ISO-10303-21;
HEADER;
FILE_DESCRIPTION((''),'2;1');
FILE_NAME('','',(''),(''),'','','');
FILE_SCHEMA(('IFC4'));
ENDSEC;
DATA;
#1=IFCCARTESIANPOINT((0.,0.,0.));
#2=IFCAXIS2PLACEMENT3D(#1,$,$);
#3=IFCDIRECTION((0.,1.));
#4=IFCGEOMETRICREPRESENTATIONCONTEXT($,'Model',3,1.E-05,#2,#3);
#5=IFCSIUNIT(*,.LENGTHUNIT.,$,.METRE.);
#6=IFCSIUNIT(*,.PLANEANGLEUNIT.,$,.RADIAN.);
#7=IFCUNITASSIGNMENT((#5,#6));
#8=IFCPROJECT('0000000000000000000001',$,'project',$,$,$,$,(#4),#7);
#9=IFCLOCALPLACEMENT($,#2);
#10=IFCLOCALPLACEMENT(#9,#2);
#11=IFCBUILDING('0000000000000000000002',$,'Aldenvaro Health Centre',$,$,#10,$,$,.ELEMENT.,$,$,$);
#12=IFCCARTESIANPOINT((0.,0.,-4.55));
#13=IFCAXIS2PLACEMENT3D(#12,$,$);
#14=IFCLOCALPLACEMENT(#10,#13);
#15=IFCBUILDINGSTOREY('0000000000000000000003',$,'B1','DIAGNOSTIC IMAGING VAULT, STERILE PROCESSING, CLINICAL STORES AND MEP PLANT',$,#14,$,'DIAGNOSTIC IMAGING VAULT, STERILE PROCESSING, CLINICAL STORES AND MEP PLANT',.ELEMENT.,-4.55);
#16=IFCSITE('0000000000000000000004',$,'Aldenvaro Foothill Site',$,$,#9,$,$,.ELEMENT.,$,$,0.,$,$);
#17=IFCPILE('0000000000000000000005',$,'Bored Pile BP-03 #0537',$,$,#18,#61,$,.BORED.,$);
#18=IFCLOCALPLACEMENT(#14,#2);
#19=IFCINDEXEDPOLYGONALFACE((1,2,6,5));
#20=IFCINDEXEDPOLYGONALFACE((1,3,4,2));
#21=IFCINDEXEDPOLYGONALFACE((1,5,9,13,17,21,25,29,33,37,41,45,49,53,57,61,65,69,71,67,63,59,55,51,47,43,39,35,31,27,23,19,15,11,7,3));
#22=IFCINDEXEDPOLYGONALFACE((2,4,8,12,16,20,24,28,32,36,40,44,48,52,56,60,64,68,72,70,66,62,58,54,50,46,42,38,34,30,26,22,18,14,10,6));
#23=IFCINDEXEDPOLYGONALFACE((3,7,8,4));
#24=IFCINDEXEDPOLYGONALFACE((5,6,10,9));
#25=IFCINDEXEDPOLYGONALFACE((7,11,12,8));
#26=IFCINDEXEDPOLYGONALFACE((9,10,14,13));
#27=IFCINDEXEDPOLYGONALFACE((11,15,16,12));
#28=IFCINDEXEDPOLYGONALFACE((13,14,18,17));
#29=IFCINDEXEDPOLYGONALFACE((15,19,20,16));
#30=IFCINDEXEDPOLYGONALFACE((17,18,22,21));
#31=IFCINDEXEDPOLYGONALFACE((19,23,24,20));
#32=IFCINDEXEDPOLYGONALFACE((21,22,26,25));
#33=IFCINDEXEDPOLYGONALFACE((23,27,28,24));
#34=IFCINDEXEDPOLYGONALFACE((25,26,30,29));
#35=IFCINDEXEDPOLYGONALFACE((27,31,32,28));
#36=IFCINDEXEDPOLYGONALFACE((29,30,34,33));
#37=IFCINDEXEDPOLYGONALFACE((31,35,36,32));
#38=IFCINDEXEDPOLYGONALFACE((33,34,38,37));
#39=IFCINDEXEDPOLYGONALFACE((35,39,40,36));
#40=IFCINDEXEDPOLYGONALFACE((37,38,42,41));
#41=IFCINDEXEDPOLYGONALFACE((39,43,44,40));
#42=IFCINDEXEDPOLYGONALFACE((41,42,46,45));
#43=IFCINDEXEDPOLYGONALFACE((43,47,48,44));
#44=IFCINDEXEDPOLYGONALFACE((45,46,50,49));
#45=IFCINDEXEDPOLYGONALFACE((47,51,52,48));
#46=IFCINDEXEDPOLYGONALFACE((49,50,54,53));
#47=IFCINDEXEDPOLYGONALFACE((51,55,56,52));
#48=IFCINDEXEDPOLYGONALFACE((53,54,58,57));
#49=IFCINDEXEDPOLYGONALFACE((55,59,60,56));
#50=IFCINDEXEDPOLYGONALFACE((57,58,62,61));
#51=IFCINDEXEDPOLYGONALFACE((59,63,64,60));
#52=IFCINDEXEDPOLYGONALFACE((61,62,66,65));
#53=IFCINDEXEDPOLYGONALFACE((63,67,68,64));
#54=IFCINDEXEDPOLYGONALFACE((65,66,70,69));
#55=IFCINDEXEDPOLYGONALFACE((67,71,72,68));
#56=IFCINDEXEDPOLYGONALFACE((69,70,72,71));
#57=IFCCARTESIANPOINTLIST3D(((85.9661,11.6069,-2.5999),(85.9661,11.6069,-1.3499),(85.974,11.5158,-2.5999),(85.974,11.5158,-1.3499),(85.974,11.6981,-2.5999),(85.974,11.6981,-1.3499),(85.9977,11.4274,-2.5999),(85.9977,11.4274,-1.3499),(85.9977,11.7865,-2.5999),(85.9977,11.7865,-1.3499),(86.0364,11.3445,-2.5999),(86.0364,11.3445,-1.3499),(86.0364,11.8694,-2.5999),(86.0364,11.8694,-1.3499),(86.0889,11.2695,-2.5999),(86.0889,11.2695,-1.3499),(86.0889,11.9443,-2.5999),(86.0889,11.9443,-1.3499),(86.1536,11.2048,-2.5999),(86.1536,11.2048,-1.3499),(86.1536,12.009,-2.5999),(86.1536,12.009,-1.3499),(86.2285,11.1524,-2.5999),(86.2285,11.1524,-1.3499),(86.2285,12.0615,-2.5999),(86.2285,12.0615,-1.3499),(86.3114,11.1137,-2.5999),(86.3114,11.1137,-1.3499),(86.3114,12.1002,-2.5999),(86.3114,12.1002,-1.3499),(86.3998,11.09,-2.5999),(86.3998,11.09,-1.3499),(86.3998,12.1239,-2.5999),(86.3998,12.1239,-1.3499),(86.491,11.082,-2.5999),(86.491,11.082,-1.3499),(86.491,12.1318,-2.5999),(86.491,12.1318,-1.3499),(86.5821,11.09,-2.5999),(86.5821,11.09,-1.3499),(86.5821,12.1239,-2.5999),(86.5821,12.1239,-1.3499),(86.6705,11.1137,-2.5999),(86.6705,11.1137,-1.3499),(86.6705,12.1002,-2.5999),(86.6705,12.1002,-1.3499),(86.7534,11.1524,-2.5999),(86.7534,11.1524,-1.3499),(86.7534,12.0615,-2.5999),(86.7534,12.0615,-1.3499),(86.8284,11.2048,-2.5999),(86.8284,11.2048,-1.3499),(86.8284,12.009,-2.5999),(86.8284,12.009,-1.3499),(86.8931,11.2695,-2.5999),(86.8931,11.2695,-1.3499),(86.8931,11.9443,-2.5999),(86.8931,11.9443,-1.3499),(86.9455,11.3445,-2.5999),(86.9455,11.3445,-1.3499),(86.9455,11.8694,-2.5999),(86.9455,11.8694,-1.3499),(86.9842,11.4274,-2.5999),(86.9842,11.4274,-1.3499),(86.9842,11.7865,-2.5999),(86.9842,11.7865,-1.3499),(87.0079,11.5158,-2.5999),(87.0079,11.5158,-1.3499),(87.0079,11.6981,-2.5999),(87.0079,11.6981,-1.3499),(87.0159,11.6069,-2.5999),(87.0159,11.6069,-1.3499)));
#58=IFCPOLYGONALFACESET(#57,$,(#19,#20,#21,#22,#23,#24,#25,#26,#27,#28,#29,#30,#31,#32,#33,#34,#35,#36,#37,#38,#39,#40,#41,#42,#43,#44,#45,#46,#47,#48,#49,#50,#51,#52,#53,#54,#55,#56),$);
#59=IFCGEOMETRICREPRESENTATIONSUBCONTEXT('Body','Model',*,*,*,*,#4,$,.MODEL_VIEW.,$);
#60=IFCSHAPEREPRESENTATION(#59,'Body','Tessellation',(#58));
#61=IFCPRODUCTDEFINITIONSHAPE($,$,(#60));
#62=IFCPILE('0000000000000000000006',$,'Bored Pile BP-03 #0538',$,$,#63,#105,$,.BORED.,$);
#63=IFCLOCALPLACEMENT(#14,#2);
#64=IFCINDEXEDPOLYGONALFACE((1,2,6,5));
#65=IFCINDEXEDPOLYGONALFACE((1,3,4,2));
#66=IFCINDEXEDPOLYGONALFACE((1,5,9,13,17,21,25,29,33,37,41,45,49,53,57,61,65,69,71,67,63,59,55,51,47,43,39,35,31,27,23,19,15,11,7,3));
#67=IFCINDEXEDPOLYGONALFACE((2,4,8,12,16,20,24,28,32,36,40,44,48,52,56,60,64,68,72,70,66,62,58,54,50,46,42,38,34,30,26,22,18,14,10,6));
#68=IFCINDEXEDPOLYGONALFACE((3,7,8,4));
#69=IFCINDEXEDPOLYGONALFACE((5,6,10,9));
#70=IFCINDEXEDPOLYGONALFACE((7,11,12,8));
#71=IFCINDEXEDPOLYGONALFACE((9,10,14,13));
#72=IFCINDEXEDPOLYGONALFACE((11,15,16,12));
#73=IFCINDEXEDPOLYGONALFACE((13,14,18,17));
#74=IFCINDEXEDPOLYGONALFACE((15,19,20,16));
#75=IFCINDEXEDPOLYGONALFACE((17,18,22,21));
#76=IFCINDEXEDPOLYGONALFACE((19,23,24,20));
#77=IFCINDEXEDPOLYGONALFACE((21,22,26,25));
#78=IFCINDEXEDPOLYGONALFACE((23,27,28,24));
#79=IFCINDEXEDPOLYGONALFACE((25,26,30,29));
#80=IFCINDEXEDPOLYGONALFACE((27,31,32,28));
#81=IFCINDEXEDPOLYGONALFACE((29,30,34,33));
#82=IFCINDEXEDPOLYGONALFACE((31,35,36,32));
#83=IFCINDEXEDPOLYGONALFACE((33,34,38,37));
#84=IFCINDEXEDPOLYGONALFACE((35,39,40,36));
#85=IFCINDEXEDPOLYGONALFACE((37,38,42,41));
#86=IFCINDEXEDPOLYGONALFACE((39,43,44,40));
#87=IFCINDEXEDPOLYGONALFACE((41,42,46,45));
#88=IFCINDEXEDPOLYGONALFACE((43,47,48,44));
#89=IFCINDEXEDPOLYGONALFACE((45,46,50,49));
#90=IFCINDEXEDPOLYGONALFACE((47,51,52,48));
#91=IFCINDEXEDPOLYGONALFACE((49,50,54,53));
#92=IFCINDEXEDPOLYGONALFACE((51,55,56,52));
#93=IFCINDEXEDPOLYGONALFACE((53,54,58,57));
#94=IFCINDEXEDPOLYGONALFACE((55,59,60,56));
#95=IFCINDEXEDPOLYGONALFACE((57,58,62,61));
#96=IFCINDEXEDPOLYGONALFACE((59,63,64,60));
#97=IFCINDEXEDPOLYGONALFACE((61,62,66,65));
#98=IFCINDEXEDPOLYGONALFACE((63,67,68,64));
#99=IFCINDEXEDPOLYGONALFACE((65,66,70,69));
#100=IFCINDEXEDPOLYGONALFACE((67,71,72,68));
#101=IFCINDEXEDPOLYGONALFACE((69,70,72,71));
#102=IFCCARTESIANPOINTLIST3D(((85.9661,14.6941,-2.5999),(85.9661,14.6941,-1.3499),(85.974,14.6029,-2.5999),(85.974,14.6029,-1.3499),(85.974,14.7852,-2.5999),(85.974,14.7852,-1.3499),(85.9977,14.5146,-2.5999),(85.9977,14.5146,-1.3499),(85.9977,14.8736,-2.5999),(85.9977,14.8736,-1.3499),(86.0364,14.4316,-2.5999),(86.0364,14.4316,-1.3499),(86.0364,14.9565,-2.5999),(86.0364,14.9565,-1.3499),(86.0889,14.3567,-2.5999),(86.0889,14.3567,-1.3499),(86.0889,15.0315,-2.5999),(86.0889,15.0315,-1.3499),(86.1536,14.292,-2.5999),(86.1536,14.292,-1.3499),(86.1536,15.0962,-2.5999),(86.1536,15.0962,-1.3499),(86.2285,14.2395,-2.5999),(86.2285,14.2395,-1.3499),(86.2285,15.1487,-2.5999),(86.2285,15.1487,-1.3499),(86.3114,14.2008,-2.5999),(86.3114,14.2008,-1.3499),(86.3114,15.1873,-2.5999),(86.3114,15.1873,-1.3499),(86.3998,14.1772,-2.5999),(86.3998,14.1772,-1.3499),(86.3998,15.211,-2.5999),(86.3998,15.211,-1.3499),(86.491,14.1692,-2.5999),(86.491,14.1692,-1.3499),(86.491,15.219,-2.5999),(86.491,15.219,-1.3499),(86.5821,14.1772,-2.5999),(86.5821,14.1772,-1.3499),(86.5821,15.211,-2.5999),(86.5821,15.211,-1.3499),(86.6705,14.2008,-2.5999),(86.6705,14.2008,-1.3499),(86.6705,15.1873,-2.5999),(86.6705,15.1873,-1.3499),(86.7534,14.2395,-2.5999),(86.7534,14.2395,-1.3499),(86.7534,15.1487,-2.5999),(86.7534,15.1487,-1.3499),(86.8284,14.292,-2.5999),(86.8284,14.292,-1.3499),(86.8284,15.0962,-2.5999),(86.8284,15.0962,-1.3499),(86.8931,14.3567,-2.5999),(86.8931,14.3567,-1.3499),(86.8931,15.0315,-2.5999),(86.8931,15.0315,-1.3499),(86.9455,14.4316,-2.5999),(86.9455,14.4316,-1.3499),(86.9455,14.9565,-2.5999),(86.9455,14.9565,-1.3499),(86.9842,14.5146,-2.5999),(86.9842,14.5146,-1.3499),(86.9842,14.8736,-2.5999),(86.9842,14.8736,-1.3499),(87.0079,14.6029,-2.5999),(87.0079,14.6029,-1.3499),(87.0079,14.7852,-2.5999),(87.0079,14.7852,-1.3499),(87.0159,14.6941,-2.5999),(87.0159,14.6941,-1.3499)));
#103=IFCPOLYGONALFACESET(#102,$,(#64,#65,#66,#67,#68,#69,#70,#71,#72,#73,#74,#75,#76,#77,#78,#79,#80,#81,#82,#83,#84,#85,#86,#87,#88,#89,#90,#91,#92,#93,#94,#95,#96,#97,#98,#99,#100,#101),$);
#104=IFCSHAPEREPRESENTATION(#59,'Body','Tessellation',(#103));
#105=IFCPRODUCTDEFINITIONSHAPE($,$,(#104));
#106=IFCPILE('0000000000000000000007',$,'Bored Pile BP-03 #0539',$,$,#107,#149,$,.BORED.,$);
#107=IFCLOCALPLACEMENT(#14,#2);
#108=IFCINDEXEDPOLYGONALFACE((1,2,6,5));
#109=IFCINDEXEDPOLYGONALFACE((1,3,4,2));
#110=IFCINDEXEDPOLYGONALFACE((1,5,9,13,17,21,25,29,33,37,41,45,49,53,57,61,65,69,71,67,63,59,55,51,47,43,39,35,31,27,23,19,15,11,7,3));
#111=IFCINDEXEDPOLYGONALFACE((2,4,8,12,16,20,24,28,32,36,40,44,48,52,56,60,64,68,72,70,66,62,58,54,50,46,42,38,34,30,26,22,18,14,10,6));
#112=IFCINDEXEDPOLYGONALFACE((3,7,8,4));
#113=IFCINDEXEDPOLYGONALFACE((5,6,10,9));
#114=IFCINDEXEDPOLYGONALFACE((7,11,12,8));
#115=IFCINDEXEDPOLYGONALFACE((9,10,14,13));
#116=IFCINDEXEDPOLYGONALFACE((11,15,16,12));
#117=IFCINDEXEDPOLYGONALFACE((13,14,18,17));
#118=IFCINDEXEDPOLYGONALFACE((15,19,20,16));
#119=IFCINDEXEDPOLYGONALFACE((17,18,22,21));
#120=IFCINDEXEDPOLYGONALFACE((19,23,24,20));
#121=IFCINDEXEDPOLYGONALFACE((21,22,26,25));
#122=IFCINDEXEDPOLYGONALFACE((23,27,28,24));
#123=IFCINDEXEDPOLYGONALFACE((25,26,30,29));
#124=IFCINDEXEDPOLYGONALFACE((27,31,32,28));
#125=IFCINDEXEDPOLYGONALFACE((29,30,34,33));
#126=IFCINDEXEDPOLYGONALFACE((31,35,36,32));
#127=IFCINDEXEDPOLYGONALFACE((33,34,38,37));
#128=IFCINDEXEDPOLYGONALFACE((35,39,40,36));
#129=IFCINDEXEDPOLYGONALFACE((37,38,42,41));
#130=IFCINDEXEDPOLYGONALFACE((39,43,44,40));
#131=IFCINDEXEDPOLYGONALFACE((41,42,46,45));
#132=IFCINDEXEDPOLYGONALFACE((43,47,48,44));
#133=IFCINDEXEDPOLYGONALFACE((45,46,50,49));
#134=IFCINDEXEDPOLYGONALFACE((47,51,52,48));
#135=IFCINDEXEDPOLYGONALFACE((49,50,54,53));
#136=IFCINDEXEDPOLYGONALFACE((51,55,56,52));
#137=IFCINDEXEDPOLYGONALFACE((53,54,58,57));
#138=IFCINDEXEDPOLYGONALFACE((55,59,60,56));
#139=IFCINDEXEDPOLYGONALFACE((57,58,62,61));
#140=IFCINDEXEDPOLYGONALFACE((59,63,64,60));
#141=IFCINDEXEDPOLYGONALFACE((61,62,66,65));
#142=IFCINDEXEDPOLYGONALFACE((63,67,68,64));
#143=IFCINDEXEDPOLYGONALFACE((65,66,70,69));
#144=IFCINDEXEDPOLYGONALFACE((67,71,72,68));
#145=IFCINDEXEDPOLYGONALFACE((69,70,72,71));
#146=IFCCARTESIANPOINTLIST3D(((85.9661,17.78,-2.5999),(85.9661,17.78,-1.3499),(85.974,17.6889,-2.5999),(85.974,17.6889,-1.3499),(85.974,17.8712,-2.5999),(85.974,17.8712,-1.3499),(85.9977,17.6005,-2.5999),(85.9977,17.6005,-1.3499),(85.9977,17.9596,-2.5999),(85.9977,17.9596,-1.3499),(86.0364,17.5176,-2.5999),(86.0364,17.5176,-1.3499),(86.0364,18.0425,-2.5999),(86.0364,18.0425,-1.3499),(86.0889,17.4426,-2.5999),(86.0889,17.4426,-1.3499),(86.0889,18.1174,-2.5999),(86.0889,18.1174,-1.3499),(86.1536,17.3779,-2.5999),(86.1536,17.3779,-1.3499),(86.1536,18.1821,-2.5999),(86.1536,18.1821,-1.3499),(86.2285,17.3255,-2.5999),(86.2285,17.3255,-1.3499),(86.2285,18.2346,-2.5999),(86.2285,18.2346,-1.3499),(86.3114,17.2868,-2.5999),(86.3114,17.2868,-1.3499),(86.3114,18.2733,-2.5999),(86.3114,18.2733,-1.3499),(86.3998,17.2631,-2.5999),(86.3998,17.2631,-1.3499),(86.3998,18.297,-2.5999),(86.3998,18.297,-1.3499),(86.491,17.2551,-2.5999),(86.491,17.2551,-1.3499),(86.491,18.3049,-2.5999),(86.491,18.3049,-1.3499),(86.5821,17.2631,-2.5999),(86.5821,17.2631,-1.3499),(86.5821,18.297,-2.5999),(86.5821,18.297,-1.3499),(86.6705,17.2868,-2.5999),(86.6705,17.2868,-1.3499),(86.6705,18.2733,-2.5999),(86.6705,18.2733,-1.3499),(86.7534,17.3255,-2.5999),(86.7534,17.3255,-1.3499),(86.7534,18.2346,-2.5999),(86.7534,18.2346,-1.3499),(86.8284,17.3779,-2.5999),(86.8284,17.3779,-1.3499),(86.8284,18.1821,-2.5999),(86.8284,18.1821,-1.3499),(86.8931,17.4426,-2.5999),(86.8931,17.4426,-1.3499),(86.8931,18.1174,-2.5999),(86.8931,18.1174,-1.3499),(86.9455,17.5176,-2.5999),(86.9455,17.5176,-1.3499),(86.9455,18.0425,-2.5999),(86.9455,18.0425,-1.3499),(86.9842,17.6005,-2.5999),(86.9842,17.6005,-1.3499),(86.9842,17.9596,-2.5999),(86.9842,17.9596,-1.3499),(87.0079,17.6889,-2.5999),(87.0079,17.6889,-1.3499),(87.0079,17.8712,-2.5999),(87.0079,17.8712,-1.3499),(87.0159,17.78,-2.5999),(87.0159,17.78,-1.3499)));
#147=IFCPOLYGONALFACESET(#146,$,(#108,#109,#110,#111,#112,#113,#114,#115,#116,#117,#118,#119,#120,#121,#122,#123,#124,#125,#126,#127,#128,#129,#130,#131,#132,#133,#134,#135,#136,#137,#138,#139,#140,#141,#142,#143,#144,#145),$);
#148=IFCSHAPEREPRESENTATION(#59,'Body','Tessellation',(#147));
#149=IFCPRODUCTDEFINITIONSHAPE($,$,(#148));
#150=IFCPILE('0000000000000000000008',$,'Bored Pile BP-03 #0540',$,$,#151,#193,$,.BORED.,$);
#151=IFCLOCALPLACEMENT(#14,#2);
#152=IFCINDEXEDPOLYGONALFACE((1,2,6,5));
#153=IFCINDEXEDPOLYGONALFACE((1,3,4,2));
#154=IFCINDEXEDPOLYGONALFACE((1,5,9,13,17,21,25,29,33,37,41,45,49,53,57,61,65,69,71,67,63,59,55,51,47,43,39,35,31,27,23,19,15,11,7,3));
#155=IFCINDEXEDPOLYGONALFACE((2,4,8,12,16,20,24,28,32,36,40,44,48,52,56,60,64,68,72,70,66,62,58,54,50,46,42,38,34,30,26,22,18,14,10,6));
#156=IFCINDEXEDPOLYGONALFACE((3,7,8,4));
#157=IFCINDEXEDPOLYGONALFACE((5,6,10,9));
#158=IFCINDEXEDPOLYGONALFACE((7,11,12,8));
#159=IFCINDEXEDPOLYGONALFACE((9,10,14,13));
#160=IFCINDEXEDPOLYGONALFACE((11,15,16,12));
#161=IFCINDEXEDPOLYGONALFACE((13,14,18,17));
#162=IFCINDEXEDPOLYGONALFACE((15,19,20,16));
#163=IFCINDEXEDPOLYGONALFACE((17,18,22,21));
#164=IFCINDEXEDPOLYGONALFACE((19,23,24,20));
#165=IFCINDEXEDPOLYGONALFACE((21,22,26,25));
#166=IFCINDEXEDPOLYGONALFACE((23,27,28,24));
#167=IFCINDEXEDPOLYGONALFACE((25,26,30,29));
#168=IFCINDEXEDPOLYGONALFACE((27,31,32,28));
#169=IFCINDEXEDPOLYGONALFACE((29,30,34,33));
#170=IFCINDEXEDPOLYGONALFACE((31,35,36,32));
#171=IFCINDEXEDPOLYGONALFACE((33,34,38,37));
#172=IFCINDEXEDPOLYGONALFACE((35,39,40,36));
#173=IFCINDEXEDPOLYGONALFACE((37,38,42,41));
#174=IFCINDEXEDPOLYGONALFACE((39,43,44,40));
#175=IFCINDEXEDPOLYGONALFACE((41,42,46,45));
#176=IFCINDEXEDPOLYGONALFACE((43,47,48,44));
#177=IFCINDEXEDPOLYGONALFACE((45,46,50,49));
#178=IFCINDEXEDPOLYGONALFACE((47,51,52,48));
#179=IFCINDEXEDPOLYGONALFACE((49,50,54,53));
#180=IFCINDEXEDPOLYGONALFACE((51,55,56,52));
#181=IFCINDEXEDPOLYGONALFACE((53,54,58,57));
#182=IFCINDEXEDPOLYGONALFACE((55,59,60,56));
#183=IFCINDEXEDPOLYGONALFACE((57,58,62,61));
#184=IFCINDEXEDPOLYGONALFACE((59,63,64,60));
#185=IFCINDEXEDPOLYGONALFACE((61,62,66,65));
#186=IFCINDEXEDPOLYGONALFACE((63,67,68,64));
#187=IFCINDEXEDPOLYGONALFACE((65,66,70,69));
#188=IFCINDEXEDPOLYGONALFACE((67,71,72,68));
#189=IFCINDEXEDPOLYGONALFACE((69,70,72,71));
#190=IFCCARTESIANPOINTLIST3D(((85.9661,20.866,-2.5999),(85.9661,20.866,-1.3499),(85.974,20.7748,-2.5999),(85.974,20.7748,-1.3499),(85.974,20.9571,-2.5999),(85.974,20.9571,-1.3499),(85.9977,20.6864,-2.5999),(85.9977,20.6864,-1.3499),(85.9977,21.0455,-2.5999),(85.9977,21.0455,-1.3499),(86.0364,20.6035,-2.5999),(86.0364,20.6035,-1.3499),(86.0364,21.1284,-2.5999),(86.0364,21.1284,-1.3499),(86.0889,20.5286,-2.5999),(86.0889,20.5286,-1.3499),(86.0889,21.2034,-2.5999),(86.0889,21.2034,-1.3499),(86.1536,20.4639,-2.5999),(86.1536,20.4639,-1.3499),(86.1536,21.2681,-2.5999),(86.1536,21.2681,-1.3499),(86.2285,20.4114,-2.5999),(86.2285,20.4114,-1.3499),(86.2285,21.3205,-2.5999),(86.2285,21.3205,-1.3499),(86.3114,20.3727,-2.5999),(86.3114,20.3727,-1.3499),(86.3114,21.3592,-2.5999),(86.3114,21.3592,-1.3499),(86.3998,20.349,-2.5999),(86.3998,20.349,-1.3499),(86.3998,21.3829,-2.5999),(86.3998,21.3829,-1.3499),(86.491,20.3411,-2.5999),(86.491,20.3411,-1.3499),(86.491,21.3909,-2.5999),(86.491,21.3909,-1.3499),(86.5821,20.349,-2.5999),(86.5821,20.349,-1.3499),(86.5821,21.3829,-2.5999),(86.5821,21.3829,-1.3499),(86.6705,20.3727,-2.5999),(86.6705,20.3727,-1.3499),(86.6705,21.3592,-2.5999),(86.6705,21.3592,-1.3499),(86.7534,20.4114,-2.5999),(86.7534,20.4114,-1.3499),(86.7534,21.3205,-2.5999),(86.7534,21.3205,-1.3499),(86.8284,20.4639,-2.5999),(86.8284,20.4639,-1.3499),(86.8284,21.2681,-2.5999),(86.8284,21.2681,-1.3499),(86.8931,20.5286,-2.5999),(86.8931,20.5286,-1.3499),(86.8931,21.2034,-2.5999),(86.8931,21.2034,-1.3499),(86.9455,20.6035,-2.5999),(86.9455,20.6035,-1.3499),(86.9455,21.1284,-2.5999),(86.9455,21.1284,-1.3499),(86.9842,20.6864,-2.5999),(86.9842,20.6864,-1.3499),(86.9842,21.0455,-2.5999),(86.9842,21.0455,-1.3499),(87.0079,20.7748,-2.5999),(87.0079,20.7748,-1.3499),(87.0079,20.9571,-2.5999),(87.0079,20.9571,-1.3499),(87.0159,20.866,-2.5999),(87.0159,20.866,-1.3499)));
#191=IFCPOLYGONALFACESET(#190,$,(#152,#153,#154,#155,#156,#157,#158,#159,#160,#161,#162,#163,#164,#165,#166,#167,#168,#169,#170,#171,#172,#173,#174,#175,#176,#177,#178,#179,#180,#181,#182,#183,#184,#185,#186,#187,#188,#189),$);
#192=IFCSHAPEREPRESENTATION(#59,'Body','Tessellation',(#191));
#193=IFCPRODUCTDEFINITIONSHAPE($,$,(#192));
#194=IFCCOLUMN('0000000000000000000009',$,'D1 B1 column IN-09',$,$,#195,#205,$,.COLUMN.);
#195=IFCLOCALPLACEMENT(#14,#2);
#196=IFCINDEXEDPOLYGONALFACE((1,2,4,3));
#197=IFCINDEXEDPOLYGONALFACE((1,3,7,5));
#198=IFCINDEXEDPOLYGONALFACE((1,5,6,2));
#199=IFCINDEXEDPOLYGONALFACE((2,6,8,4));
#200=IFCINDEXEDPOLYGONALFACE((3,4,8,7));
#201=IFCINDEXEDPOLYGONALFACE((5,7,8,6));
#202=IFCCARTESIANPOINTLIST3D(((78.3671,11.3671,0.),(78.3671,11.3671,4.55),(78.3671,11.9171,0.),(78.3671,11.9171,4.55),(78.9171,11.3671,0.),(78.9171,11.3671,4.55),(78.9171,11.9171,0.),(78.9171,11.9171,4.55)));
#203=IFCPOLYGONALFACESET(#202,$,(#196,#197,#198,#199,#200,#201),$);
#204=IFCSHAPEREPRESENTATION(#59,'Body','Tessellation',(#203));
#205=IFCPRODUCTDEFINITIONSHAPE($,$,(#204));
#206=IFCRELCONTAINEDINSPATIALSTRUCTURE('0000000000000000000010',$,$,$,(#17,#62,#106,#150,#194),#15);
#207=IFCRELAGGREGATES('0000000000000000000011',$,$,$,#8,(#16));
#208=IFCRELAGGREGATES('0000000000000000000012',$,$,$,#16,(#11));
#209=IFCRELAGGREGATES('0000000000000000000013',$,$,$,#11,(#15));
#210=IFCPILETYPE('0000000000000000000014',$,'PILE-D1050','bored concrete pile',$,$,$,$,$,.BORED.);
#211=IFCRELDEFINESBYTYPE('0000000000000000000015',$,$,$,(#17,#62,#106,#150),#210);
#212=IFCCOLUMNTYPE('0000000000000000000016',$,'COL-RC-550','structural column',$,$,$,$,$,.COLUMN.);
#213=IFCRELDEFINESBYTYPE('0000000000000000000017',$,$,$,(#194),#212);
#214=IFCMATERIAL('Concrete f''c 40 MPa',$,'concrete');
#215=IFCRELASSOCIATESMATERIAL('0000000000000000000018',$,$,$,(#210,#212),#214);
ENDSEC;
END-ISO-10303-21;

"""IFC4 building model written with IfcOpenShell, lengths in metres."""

from ifc_helpers import new_model, si_unit, direction, frame, origin, origin_2d, place, context, subcontext, project, spatial, rectangle, circle, extrude, material, material_profile, profile_set, type_object, element, save


model = new_model("IFC4")

# Units and contexts
model_context = context("Model", 3, precision=1e-05, world=origin(), true_north=direction((0.0, 1.0)))
body_context = subcontext(model_context, "Body", "Model", "MODEL_VIEW")
ifc_project = project(units=[si_unit("LENGTHUNIT", "METRE"), si_unit("PLANEANGLEUNIT", "RADIAN")], contexts=[model_context])

# Site, building, storey
site_placement = place(None, origin())
site = spatial("IfcSite", under=ifc_project, at=site_placement, Name="Aldenvaro Foothill Site", CompositionType="ELEMENT", RefElevation=0.0)
building_placement = place(site_placement, origin())
building = spatial("IfcBuilding", under=site, at=building_placement, Name="Aldenvaro Health Centre", CompositionType="ELEMENT")
storey_placement = place(building_placement, frame((0.0, 0.0, -4.55)))
storey = spatial("IfcBuildingStorey", under=building, at=storey_placement, Name="B1", Description="DIAGNOSTIC IMAGING VAULT, STERILE PROCESSING, CLINICAL STORES AND MEP PLANT", LongName="DIAGNOSTIC IMAGING VAULT, STERILE PROCESSING, CLINICAL STORES AND MEP PLANT", CompositionType="ELEMENT", Elevation=-4.55)

# Piles
ifc_material_1 = material(Name="Concrete f'c 40 MPa", Category="concrete")
ifc_material_profile_1 = material_profile(ifc_material_1, circle(Radius=0.5249, at=origin_2d()), Name="PILE D1050", Category="concrete")
ifc_profile_set_1 = profile_set([ifc_material_profile_1], Name="Concrete f'c 40 MPa")
pile_type = type_object("IfcPileType", Name="PILE-D1050", Description="bored concrete pile", PredefinedType="BORED", material=ifc_profile_set_1)
for number, where, z_axis, x_axis, name in (
    (1, (86.491, 11.6069, -1.3499), (0.0, 0.0, -1.0), (1.0, 0.0, 0.0), "Bored Pile BP-03 #0537"),
    (2, (86.491, 14.6941, -1.3499), (0.0, 0.0, -1.0), (1.0, 0.0, 0.0), "Bored Pile BP-03 #0538"),
    (3, (86.491, 17.78, -1.3499), (0.0, 0.0, -1.0), (1.0, 0.0, 0.0), "Bored Pile BP-03 #0539"),
    (4, (86.491, 20.866, -1.3499), (0.0, 0.0, -1.0), (1.0, 0.0, 0.0), "Bored Pile BP-03 #0540"),
):
    element("IfcPile", number, at=place(storey_placement, frame(where, z_axis=z_axis, x_axis=x_axis)), inside=storey, type_object=pile_type, Name=name, PredefinedType="BORED", context=body_context, shape_type="SweptSolid", body=[
        extrude(circle(Radius=0.5249, at=origin_2d()), origin(), (0.0, 0.0, 1.0), 1.25),
    ])

# Column
ifc_material_profile_2 = material_profile(ifc_material_1, rectangle(XDim=0.55, YDim=0.55, at=origin_2d()), Name="RC 550x550", Category="concrete")
ifc_profile_set_2 = profile_set([ifc_material_profile_2], Name="Concrete f'c 40 MPa")
column_type = type_object("IfcColumnType", Name="COL-RC-550", Description="structural column", PredefinedType="COLUMN", material=ifc_profile_set_2)
for number, where, z_axis, x_axis, name in (
    (5, (78.6421, 11.6421, 0.0), (0.0, 0.0, 1.0), (1.0, 0.0, 0.0), "D1 B1 column IN-09"),
):
    element("IfcColumn", number, at=place(storey_placement, frame(where, z_axis=z_axis, x_axis=x_axis)), inside=storey, type_object=column_type, Name=name, PredefinedType="COLUMN", context=body_context, shape_type="SweptSolid", body=[
        extrude(rectangle(XDim=0.55, YDim=0.55, at=origin_2d()), origin(), (0.0, 0.0, 1.0), 4.55),
    ])

save(model, "model.ifc")
